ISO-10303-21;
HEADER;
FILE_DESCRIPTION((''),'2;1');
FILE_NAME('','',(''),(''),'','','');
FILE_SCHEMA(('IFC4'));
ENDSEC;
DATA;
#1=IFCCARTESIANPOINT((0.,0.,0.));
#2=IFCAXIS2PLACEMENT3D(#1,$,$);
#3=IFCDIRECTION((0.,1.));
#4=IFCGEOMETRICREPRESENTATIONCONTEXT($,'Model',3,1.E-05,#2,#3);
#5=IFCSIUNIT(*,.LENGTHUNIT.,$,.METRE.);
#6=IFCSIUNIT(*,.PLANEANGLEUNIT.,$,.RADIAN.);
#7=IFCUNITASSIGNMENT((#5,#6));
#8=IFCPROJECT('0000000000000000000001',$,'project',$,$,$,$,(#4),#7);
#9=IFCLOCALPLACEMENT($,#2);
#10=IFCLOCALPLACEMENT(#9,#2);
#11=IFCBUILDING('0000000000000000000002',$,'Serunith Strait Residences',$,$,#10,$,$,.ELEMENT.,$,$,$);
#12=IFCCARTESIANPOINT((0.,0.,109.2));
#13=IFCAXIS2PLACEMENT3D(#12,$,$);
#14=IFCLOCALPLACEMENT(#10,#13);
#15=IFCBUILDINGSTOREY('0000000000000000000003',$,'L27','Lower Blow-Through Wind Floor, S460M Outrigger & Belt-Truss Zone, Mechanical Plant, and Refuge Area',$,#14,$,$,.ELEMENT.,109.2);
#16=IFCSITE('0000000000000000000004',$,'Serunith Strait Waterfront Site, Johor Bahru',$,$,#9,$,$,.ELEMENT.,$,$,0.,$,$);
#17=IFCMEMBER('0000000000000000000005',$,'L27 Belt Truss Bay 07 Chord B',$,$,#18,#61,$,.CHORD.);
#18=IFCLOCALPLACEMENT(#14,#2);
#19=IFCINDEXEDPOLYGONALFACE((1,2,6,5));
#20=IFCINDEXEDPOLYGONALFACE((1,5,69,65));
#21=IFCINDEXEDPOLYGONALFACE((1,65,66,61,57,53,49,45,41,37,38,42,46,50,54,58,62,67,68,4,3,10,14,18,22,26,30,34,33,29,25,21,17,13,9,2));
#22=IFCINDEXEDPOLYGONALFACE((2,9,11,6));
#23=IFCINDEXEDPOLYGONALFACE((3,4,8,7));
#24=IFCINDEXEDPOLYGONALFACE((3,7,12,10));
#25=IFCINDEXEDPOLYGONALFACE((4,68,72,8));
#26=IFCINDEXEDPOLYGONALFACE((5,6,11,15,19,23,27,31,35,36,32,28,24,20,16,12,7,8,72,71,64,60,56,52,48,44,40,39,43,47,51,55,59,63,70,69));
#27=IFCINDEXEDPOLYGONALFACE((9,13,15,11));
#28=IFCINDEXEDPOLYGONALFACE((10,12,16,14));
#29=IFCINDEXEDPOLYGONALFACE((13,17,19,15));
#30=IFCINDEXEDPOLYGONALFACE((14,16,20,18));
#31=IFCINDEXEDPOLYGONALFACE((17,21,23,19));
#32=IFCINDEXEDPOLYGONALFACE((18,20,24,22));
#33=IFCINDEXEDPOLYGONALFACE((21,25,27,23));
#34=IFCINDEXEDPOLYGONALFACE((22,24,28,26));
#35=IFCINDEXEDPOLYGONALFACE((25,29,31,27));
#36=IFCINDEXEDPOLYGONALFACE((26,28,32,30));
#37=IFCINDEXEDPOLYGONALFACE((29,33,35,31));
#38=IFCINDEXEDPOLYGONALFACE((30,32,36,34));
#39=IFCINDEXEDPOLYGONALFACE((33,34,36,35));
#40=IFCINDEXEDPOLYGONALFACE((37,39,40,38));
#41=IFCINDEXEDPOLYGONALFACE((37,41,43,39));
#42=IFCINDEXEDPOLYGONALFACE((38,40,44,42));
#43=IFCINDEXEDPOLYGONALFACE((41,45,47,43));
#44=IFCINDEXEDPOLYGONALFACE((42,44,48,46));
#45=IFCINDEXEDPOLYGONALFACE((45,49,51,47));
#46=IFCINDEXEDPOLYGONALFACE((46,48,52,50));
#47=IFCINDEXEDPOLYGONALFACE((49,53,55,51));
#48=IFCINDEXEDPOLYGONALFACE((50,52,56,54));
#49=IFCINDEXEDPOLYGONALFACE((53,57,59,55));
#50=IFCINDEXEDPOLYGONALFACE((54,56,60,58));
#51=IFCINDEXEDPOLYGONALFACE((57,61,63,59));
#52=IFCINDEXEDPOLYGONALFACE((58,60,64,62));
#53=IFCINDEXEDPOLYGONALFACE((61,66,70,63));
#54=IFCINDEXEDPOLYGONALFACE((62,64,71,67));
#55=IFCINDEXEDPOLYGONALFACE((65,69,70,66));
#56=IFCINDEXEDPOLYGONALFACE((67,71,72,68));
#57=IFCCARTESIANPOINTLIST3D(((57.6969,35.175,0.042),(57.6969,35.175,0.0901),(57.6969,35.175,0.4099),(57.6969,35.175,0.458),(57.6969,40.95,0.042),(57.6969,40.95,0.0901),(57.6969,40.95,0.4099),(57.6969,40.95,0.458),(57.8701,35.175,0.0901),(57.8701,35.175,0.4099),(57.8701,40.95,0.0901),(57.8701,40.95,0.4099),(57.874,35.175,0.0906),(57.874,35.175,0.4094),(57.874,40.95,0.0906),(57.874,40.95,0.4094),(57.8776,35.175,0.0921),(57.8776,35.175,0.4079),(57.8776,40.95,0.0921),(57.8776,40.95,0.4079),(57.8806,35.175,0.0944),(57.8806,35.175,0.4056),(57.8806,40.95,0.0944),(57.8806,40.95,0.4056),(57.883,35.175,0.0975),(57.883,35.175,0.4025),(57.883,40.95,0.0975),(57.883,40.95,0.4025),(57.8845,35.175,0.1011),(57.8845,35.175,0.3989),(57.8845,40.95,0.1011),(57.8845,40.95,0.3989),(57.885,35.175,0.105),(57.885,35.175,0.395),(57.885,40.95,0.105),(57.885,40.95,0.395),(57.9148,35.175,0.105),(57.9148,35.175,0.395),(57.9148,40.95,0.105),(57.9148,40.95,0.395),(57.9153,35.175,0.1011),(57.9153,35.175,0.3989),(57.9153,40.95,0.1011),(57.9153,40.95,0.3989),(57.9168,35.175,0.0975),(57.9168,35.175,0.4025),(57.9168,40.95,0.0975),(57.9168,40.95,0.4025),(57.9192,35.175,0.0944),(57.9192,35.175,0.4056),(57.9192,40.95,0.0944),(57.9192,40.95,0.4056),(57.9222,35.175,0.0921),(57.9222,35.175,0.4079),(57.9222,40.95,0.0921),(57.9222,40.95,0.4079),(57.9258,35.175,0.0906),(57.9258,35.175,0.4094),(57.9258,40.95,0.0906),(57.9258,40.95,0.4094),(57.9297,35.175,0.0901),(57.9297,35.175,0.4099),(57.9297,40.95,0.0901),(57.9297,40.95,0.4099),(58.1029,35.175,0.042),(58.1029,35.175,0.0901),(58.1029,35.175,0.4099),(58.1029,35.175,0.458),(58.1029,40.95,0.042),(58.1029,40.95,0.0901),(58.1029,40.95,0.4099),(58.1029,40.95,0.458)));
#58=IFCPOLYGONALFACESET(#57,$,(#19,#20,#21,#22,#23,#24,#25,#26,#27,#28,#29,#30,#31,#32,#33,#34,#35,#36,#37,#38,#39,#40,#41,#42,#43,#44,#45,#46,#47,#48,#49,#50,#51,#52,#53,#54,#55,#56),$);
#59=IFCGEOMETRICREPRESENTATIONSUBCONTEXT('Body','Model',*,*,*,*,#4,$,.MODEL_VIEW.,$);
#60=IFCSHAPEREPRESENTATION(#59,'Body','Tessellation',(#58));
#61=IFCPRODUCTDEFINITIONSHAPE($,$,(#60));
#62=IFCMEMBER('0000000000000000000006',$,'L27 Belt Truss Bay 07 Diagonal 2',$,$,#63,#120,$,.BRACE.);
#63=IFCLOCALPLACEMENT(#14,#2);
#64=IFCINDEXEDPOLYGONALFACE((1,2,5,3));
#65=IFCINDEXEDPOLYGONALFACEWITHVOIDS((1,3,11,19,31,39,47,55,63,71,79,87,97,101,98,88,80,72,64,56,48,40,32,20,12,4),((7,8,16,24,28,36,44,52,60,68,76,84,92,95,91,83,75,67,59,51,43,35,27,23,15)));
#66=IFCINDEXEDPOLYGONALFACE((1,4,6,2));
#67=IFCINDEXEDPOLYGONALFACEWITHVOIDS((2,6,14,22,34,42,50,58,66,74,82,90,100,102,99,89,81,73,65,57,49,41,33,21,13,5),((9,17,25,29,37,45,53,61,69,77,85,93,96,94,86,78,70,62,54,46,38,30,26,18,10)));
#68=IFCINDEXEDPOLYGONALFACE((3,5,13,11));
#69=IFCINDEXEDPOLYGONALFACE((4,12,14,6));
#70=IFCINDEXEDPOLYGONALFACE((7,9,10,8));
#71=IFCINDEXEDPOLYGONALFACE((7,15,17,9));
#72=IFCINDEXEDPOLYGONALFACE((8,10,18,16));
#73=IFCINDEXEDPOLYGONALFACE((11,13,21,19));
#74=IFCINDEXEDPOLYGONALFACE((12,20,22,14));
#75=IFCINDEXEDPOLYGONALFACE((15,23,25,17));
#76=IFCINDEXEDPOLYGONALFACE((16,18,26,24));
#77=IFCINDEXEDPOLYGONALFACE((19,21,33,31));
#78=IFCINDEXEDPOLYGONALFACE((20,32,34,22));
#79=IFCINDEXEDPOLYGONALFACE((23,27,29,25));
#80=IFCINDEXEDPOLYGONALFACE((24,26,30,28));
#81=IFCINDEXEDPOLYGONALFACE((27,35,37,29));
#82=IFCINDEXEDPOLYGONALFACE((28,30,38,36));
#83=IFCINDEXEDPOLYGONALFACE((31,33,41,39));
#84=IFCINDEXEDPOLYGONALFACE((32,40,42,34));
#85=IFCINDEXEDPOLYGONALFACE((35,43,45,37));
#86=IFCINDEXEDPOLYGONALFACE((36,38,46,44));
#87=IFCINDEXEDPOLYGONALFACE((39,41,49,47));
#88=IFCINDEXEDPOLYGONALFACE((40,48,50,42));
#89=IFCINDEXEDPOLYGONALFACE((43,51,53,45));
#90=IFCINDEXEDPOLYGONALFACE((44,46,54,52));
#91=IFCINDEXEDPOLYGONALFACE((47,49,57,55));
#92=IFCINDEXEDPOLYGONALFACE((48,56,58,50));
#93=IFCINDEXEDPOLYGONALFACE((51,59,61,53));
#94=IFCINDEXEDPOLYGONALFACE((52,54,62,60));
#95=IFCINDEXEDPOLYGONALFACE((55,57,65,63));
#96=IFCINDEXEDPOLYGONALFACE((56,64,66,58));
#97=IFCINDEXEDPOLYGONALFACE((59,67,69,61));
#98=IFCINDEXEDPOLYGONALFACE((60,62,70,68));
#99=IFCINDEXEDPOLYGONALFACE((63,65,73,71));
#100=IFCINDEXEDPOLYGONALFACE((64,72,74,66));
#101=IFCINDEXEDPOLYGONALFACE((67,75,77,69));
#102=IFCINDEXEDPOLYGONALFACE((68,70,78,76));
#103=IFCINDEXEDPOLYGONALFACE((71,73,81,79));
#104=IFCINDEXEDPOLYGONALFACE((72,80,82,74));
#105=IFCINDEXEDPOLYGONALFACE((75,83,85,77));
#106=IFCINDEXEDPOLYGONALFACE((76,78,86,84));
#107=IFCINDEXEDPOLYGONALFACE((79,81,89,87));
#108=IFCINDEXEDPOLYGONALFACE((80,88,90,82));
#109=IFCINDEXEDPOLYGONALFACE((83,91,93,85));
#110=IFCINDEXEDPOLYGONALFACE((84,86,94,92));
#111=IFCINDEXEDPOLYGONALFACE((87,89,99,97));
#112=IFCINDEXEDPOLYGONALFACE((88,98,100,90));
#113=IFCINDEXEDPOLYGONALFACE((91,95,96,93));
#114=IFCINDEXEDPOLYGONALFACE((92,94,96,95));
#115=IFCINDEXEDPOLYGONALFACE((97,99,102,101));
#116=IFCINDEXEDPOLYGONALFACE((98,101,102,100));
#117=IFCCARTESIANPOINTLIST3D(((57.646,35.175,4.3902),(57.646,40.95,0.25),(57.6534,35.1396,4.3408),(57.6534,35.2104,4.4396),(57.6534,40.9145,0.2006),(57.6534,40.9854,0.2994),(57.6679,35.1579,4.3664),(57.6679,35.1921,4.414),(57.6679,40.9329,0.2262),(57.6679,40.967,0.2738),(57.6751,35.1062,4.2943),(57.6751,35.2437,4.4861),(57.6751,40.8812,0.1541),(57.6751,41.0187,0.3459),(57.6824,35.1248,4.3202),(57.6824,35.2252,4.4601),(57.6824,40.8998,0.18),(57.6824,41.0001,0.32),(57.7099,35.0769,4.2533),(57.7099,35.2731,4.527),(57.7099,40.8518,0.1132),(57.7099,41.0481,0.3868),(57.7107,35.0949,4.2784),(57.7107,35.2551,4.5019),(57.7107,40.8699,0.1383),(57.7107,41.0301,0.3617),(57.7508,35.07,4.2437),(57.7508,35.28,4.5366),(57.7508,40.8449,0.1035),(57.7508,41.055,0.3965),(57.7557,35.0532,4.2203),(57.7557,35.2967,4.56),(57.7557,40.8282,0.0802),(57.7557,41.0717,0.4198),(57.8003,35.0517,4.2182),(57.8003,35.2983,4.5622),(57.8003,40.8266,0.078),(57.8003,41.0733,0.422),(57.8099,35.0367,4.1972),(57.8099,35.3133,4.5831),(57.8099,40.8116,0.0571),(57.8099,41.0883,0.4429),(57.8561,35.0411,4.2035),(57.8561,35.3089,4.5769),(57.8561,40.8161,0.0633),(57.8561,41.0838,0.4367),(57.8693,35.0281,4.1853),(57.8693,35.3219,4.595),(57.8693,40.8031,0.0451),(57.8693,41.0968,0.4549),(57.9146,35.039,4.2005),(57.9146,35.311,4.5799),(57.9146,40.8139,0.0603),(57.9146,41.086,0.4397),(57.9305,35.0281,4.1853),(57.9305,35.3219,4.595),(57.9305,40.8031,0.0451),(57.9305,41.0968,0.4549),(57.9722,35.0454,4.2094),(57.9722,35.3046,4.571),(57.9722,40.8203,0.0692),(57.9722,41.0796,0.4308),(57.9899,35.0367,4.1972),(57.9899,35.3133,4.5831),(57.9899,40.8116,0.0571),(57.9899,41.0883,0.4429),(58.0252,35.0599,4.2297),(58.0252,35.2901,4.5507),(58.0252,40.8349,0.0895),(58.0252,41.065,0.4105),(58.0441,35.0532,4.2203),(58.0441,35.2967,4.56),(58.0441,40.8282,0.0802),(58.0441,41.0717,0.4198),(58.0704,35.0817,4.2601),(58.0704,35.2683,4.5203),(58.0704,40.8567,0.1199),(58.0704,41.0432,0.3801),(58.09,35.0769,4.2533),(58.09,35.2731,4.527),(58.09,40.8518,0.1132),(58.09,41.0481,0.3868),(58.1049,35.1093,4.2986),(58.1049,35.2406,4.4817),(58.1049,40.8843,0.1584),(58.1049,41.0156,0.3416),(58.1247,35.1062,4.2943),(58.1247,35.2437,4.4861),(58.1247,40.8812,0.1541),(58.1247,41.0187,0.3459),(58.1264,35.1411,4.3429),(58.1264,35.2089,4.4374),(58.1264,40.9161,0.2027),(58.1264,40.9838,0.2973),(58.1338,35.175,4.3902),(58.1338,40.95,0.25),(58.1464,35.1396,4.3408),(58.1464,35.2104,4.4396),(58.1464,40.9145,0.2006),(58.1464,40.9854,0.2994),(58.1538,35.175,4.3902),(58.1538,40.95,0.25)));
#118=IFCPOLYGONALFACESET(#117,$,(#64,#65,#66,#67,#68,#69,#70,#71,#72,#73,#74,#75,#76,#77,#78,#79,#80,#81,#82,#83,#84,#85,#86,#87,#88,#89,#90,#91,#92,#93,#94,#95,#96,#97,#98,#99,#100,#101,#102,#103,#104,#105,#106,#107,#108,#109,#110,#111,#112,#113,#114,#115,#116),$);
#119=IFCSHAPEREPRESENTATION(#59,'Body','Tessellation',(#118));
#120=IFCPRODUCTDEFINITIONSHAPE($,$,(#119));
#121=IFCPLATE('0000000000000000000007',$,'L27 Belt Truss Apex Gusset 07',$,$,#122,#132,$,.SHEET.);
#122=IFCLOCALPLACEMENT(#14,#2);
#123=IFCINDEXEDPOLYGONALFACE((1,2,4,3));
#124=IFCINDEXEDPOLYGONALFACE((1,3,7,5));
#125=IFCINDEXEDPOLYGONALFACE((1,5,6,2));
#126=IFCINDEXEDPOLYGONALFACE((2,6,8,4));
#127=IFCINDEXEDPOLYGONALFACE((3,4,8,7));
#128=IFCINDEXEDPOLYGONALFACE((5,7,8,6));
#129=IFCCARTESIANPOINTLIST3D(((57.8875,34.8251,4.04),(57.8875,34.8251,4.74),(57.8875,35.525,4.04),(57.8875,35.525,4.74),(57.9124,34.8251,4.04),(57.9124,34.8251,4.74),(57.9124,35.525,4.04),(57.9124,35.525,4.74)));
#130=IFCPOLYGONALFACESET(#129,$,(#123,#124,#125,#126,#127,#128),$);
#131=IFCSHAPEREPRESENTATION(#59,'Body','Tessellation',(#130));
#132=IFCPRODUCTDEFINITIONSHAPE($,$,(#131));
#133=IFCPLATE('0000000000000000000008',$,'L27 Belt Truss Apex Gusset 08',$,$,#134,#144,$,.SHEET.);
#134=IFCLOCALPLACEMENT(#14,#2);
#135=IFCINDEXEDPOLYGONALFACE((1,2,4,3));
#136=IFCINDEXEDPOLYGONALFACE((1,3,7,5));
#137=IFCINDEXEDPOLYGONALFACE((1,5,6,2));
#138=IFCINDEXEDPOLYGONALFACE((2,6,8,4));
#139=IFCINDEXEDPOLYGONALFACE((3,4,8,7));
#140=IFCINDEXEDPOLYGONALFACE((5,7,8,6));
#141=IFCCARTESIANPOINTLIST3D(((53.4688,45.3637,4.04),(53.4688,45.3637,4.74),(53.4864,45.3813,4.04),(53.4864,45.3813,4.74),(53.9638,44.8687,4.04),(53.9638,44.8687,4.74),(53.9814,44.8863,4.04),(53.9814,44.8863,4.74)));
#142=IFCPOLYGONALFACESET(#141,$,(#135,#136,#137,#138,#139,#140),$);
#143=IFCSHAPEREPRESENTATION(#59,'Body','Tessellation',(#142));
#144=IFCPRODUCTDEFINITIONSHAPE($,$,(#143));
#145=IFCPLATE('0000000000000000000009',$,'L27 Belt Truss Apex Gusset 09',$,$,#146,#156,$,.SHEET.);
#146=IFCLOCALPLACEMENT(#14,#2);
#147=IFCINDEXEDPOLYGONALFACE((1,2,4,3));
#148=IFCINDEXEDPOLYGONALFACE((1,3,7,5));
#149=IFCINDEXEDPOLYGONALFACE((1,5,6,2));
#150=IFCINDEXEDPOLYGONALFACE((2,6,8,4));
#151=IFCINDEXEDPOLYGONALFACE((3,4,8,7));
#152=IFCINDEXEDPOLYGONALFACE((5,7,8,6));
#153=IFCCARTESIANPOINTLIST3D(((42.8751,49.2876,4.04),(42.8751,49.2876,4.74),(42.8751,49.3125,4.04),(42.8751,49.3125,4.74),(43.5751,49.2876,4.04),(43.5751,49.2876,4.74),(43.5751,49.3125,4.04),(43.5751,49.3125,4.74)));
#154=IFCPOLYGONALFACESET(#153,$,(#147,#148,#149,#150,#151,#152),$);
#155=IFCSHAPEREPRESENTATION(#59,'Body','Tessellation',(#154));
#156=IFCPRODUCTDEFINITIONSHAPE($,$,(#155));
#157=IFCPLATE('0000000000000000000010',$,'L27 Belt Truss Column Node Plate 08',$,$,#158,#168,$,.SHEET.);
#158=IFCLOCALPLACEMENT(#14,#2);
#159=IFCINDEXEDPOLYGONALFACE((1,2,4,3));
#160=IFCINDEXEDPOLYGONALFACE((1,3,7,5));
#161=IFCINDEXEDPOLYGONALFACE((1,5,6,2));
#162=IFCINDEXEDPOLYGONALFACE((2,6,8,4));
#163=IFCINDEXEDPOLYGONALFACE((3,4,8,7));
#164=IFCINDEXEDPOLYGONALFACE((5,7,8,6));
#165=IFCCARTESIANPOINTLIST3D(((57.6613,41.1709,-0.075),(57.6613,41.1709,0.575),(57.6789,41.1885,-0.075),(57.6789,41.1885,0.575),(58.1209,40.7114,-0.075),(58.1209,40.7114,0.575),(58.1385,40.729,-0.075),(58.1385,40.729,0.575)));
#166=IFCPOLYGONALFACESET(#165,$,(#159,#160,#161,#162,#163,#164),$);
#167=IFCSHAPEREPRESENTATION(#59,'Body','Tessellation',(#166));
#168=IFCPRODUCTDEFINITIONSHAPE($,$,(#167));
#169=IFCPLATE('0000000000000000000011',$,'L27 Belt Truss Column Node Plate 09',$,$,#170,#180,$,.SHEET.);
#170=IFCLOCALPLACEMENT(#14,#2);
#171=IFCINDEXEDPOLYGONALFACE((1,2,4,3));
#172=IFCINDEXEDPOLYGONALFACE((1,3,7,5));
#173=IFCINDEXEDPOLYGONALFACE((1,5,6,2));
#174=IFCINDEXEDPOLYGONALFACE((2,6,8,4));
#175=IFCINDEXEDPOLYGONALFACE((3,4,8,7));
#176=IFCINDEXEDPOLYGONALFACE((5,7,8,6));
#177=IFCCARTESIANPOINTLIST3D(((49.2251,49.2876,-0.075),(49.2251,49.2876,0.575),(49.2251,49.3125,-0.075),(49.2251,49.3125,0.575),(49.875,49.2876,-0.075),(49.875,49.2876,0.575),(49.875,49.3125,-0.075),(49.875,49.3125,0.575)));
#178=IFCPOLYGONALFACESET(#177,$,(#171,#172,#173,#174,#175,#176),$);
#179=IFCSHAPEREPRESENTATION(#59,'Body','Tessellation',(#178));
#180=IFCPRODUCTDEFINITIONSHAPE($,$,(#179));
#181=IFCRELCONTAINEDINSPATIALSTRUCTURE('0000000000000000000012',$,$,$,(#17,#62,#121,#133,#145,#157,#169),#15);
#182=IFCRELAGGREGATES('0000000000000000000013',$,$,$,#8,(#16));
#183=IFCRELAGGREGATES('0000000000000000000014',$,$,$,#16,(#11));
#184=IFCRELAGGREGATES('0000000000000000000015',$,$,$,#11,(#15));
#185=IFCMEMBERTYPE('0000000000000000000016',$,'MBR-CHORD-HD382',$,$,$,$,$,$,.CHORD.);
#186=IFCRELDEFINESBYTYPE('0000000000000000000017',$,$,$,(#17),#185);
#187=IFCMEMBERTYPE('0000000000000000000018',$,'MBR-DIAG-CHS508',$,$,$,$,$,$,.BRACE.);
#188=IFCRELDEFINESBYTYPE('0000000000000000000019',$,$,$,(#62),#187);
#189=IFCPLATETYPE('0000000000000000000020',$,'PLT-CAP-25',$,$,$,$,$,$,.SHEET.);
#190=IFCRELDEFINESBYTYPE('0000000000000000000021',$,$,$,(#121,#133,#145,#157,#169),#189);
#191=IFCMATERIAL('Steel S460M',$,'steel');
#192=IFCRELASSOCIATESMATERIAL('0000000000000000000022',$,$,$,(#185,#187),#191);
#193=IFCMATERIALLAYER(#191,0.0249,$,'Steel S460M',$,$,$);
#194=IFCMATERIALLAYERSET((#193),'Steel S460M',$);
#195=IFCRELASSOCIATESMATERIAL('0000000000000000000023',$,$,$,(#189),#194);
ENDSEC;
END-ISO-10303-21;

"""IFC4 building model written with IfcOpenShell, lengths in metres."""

from ifc_helpers import new_model, si_unit, direction, frame, origin, origin_2d, place, context, subcontext, project, spatial, rectangle, hollow_circle, i_section, extrude, source, transform, mapped, material, layer, layer_set, material_profile, profile_set, type_object, element, save


model = new_model("IFC4")

# Units and contexts
model_context = context("Model", 3, precision=1e-05, world=origin(), true_north=direction((0.0, 1.0)))
body_context = subcontext(model_context, "Body", "Model", "MODEL_VIEW")
ifc_project = project(units=[si_unit("LENGTHUNIT", "METRE"), si_unit("PLANEANGLEUNIT", "RADIAN")], contexts=[model_context])

# Site, building, storey
site_placement = place(None, origin())
site = spatial("IfcSite", under=ifc_project, at=site_placement, Name="Serunith Strait Waterfront Site, Johor Bahru", CompositionType="ELEMENT", RefElevation=0.0)
building_placement = place(site_placement, origin())
building = spatial("IfcBuilding", under=site, at=building_placement, Name="Serunith Strait Residences", CompositionType="ELEMENT")
storey_placement = place(building_placement, frame((0.0, 0.0, 109.2)))
storey = spatial("IfcBuildingStorey", under=building, at=storey_placement, Name="L27", Description="Lower Blow-Through Wind Floor, S460M Outrigger & Belt-Truss Zone, Mechanical Plant, and Refuge Area", CompositionType="ELEMENT", Elevation=109.2)

# Members
ifc_material_1 = material(Name="Steel S460M", Category="steel")
ifc_material_profile_1 = material_profile(ifc_material_1, i_section(OverallWidth=0.406, OverallDepth=0.416, WebThickness=0.0298, FlangeThickness=0.0481, FilletRadius=0.0149, at=origin_2d()), Name="HD 400x382")
ifc_profile_set_1 = profile_set([ifc_material_profile_1], Name="Steel S460M")
member_type_1 = type_object("IfcMemberType", Name="MBR-CHORD-HD382", PredefinedType="CHORD", material=ifc_profile_set_1)
ifc_material_profile_2 = material_profile(ifc_material_1, hollow_circle(Radius=0.2539, WallThickness=0.02, at=origin_2d()), Name="CHS 508x20")
ifc_profile_set_2 = profile_set([ifc_material_profile_2], Name="Steel S460M")
member_type_2 = type_object("IfcMemberType", Name="MBR-DIAG-CHS508", PredefinedType="BRACE", material=ifc_profile_set_2)
shared_shape_1 = source(origin(), body_context, "Body", "SweptSolid", [
    extrude(i_section(OverallWidth=0.406, OverallDepth=0.416, WebThickness=0.0298, FlangeThickness=0.0481, FilletRadius=0.0149, at=origin_2d()), origin(), (0.0, 0.0, 1.0), 5.7749),
])
member_1_placement = place(storey_placement, frame((57.8999, 35.175, 0.25), z_axis=(0.0, 1.0, 0.0), x_axis=(-1.0, 0.0, 0.0)))
element("IfcMember", 1, at=member_1_placement, inside=storey, type_object=member_type_1, Name="L27 Belt Truss Bay 07 Chord B", PredefinedType="CHORD", context=body_context, shape_type="MappedRepresentation", body=[
    mapped(shared_shape_1, transform((0.0, 0.0, 0.0), scale=1.0)),
])
shared_shape_2 = source(origin(), body_context, "Body", "SweptSolid", [
    extrude(hollow_circle(Radius=0.2539, WallThickness=0.02, at=origin_2d()), origin(), (0.0, 0.0, 1.0), 7.1057),
])
member_2_placement = place(storey_placement, frame((57.8999, 40.95, 0.25), z_axis=(0.0, -0.81272, 0.582654), x_axis=(1.0, 0.0, 0.0)))
element("IfcMember", 2, at=member_2_placement, inside=storey, type_object=member_type_2, Name="L27 Belt Truss Bay 07 Diagonal 2", PredefinedType="BRACE", context=body_context, shape_type="MappedRepresentation", body=[
    mapped(shared_shape_2, transform((0.0, 0.0, 0.0), scale=1.0)),
])

# Plates
ifc_layer = layer(ifc_material_1, 0.0249, Name="Steel S460M")
ifc_layer_set = layer_set([ifc_layer], Name="Steel S460M")
plate_type = type_object("IfcPlateType", Name="PLT-CAP-25", PredefinedType="SHEET", material=ifc_layer_set)
shared_shape_3 = source(origin(), body_context, "Body", "SweptSolid", [
    extrude(rectangle(XDim=0.7, YDim=0.0249, at=origin_2d()), origin(), (0.0, 0.0, 1.0), 0.7),
])
for number, where, z_axis, x_axis, name in (
    (3, (57.8999, 35.175, 4.04), (0.0, 0.0, 1.0), (0.0, 1.0, 0.0), "L27 Belt Truss Apex Gusset 07"),
    (4, (53.7251, 45.125, 4.04), (0.0, 0.0, 1.0), (-0.707107, 0.707107, 0.0), "L27 Belt Truss Apex Gusset 08"),
    (5, (43.2251, 49.3, 4.04), (0.0, 0.0, 1.0), (-1.0, 0.0, 0.0), "L27 Belt Truss Apex Gusset 09"),
):
    element("IfcPlate", number, at=place(storey_placement, frame(where, z_axis=z_axis, x_axis=x_axis)), inside=storey, type_object=plate_type, Name=name, PredefinedType="SHEET", context=body_context, shape_type="MappedRepresentation", body=[
        mapped(shared_shape_3, transform((0.0, 0.0, 0.0), scale=1.0)),
    ])
shared_shape_4 = source(origin(), body_context, "Body", "SweptSolid", [
    extrude(rectangle(XDim=0.6499, YDim=0.0249, at=origin_2d()), origin(), (0.0, 0.0, 1.0), 0.6499),
])
for number, where, z_axis, x_axis, name in (
    (6, (57.8999, 40.95, -0.075), (0.0, 0.0, 1.0), (-0.707107, 0.707107, 0.0), "L27 Belt Truss Column Node Plate 08"),
    (7, (49.55, 49.3, -0.075), (0.0, 0.0, 1.0), (-1.0, 0.0, 0.0), "L27 Belt Truss Column Node Plate 09"),
):
    element("IfcPlate", number, at=place(storey_placement, frame(where, z_axis=z_axis, x_axis=x_axis)), inside=storey, type_object=plate_type, Name=name, PredefinedType="SHEET", context=body_context, shape_type="MappedRepresentation", body=[
        mapped(shared_shape_4, transform((0.0, 0.0, 0.0), scale=1.0)),
    ])

save(model, "model.ifc")
